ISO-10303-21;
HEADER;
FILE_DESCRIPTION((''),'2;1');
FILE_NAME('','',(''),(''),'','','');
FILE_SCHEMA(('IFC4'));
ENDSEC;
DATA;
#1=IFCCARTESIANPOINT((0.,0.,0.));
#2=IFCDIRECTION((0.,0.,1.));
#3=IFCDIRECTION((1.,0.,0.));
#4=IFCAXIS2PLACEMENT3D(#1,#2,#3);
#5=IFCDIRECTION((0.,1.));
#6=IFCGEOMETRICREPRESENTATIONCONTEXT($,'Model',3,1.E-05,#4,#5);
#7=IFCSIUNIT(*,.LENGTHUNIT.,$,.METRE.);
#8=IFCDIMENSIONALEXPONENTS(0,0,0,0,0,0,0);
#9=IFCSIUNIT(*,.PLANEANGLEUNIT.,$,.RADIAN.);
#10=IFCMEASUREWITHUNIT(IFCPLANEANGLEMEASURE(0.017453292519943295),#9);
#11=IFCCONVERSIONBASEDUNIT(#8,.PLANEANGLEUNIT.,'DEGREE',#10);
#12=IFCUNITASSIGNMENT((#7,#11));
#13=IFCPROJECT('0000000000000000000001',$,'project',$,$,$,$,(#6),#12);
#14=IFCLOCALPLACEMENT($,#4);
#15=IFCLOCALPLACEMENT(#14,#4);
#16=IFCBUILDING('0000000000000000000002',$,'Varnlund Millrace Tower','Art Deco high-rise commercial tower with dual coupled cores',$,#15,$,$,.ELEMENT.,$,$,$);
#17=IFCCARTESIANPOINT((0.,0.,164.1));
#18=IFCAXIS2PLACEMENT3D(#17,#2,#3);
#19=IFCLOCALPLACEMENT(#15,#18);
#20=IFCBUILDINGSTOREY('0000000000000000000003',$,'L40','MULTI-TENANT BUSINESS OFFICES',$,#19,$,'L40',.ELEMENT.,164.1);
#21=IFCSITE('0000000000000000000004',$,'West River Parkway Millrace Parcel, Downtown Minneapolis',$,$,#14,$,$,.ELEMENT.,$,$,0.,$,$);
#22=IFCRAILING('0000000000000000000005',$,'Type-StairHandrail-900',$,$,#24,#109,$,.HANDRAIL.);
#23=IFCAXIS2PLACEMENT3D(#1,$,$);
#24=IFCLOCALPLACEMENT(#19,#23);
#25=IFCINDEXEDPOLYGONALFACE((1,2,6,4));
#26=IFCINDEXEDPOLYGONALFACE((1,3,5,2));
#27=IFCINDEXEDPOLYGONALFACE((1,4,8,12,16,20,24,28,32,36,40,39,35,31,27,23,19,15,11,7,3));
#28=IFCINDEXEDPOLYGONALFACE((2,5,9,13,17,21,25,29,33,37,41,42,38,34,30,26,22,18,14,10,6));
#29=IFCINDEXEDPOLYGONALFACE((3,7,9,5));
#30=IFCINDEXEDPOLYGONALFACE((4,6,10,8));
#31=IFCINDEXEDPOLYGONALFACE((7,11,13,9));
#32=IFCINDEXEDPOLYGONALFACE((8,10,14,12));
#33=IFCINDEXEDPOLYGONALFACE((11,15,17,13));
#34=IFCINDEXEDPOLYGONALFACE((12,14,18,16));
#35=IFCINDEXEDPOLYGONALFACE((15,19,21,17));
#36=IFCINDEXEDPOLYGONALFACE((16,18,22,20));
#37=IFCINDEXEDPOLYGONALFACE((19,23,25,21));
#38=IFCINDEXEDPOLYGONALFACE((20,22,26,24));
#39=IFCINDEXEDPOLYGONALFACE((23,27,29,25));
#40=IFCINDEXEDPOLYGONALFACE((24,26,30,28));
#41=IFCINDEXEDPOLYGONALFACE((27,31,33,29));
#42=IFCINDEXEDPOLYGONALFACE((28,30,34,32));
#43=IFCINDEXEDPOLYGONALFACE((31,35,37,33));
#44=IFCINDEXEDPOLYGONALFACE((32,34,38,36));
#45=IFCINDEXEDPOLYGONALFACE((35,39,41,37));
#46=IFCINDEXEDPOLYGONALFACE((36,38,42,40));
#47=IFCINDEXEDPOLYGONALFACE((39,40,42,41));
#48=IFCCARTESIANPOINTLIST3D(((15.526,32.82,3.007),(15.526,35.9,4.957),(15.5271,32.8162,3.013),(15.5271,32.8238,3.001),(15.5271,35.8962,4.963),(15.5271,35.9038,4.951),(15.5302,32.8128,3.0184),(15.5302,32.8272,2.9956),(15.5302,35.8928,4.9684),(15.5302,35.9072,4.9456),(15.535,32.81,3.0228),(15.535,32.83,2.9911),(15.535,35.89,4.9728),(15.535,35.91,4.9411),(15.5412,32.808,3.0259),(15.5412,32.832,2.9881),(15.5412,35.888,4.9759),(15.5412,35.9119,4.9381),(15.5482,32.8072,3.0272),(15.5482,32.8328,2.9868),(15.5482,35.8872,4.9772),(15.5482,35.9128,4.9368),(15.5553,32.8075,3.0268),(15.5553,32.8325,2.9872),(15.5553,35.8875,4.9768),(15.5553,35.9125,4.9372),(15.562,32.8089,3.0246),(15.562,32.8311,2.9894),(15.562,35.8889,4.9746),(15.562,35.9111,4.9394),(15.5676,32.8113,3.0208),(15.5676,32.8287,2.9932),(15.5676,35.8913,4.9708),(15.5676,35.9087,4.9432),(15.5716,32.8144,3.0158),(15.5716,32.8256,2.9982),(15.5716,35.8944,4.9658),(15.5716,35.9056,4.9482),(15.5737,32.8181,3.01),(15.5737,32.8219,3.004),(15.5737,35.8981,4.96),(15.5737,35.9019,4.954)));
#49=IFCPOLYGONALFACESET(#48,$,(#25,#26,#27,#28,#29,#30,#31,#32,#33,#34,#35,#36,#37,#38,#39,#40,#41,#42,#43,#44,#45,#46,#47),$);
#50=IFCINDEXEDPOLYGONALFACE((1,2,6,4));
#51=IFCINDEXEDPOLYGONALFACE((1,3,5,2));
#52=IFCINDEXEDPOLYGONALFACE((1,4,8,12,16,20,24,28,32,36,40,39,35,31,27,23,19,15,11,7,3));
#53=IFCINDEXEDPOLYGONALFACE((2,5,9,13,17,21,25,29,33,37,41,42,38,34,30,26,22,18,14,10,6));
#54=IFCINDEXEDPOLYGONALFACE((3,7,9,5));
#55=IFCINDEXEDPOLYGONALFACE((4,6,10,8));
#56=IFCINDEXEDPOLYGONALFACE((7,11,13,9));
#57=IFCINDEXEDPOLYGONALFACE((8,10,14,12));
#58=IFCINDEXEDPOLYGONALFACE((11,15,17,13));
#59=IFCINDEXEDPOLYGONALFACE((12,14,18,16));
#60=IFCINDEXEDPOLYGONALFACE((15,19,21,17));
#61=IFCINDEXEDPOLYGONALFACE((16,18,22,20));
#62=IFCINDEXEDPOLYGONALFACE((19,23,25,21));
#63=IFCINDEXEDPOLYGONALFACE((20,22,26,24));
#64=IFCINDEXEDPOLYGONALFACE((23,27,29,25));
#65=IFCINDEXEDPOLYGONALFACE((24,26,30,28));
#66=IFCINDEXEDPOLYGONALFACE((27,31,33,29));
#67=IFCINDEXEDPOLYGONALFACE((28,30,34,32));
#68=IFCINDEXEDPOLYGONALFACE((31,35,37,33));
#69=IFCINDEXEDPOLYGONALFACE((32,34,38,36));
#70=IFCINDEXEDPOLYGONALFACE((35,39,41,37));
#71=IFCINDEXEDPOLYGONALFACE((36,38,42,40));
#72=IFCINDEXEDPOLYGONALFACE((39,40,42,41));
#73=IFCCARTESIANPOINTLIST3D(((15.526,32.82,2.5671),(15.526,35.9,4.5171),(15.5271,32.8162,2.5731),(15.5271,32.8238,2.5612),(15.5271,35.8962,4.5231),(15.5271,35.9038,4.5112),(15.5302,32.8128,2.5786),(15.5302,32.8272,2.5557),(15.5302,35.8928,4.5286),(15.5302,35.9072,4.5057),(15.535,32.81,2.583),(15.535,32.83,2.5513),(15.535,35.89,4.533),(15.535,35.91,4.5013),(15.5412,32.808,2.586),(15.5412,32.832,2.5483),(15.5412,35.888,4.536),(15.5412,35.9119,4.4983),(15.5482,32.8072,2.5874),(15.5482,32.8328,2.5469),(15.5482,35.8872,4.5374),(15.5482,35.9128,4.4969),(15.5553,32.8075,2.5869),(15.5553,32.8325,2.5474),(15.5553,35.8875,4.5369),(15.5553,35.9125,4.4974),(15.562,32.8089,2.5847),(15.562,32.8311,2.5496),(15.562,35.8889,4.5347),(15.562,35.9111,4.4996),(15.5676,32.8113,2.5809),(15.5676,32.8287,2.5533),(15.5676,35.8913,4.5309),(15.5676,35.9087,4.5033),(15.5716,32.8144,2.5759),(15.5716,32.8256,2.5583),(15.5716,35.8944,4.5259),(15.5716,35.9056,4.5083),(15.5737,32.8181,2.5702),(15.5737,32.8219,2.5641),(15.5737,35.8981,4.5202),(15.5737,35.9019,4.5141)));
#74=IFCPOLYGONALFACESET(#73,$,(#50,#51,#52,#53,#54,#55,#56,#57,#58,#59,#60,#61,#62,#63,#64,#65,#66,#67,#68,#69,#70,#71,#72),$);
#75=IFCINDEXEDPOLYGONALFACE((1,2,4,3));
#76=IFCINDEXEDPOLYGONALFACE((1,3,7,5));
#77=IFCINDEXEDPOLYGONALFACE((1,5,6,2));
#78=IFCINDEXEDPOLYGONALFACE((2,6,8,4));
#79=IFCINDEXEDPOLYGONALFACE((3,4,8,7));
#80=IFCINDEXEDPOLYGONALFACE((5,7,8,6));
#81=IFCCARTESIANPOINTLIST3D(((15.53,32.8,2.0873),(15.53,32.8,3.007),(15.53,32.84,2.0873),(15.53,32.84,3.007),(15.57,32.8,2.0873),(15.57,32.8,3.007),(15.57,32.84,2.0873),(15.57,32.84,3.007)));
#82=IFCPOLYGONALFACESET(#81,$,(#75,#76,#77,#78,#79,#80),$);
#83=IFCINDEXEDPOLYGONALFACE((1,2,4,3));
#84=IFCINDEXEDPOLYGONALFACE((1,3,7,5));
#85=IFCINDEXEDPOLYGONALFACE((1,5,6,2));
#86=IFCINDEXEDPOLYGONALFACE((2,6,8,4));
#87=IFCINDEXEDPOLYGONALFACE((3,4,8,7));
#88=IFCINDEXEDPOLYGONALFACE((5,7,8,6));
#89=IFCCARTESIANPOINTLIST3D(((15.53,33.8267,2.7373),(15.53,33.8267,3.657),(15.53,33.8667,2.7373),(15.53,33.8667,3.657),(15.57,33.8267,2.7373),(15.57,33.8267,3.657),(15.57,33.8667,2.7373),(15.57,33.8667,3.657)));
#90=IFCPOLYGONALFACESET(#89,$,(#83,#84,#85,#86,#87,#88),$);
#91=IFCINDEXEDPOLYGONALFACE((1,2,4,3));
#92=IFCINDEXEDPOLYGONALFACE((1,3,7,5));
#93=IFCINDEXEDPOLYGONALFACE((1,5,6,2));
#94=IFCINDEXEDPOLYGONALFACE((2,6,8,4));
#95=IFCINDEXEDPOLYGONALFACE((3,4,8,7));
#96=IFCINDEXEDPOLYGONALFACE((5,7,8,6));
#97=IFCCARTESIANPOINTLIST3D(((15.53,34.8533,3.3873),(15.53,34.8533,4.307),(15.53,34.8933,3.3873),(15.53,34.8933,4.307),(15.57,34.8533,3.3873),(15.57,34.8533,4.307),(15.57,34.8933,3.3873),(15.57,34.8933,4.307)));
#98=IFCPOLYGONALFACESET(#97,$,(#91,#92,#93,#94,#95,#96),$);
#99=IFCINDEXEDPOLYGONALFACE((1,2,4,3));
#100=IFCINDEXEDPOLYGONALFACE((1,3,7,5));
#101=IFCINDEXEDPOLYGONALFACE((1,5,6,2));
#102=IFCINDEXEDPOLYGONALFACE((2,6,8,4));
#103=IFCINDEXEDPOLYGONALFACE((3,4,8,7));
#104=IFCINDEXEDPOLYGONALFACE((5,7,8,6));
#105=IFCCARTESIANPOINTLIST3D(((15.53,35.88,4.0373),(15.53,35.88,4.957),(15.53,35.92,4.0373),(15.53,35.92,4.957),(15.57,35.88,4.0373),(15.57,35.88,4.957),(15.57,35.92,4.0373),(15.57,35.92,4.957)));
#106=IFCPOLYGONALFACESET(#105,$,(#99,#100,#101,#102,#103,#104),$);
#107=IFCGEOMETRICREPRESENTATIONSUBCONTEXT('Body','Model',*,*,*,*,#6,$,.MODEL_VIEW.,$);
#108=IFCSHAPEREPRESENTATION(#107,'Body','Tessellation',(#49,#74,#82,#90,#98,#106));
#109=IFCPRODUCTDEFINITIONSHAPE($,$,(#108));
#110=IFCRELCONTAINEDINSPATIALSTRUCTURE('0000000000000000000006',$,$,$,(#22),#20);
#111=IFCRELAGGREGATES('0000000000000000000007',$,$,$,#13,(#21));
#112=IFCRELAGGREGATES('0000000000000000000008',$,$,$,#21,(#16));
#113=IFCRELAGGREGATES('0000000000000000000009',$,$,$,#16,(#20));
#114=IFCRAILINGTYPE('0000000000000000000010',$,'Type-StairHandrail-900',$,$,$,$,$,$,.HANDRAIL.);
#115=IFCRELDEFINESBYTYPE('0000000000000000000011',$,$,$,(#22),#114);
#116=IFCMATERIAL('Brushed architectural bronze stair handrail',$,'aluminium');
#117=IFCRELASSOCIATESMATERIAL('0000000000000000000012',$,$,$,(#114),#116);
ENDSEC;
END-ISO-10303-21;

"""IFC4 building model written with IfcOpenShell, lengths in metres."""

from ifc_helpers import new_model, entity, si_unit, converted_unit, direction, frame, origin_with_axes, origin_2d_with_axis, place, context, subcontext, project, spatial, rectangle, circle, extrude, material, type_object, element, save


model = new_model("IFC4")

# Units and contexts
model_context = context("Model", 3, precision=1e-05, world=origin_with_axes(), true_north=direction((0.0, 1.0)))
body_context = subcontext(model_context, "Body", "Model", "MODEL_VIEW")
ifc_project = project(units=[si_unit("LENGTHUNIT", "METRE"), converted_unit("PLANEANGLEUNIT", "DEGREE", entity("IfcPlaneAngleMeasure", 0.017453292519943295), si_unit("PLANEANGLEUNIT", "RADIAN"), dimensions=[0, 0, 0, 0, 0, 0, 0])], contexts=[model_context])

# Site, building, storey
site_placement = place(None, origin_with_axes())
site = spatial("IfcSite", under=ifc_project, at=site_placement, Name="West River Parkway Millrace Parcel, Downtown Minneapolis", CompositionType="ELEMENT", RefElevation=0.0)
building_placement = place(site_placement, origin_with_axes())
building = spatial("IfcBuilding", under=site, at=building_placement, Name="Varnlund Millrace Tower", Description="Art Deco high-rise commercial tower with dual coupled cores", CompositionType="ELEMENT")
storey_placement = place(building_placement, frame((0.0, 0.0, 164.1), z_axis=(0.0, 0.0, 1.0), x_axis=(1.0, 0.0, 0.0)))
storey = spatial("IfcBuildingStorey", under=building, at=storey_placement, Name="L40", Description="MULTI-TENANT BUSINESS OFFICES", LongName="L40", CompositionType="ELEMENT", Elevation=164.1)

# Railing
ifc_material_1 = material(Name="Brushed architectural bronze stair handrail", Category="aluminium")
railing_type_1 = type_object("IfcRailingType", Name="Type-StairHandrail-900", PredefinedType="HANDRAIL", material=ifc_material_1)
railing_1_placement = place(storey_placement, frame((0.0, 0.0, -164.1), z_axis=(0.0, 0.0, 1.0), x_axis=(1.0, 0.0, 0.0)))
element("IfcRailing", 1, at=railing_1_placement, inside=storey, type_object=railing_type_1, Name="Type-StairHandrail-900", PredefinedType="HANDRAIL", context=body_context, shape_type="SweptSolid", body=[
    extrude(circle(Radius=0.024, at=origin_2d_with_axis()), frame((15.55, 32.82, 167.107), z_axis=(0.0, 0.844902, 0.534922), x_axis=(-1.0, 0.0, 0.0)), (0.0, 0.0, 1.0), 3.6454),
    extrude(circle(Radius=0.024, at=origin_2d_with_axis()), frame((15.55, 32.82, 166.6671), z_axis=(0.0, 0.844902, 0.534922), x_axis=(-1.0, 0.0, 0.0)), (0.0, 0.0, 1.0), 3.6454),
    extrude(rectangle(XDim=0.04, YDim=0.04, at=origin_2d_with_axis()), frame((15.55, 32.82, 166.1873), z_axis=(0.0, 0.0, 1.0), x_axis=(1.0, 0.0, 0.0)), (0.0, 0.0, 1.0), 0.9197),
    extrude(rectangle(XDim=0.04, YDim=0.04, at=origin_2d_with_axis()), frame((15.55, 33.8467, 166.8373), z_axis=(0.0, 0.0, 1.0), x_axis=(1.0, 0.0, 0.0)), (0.0, 0.0, 1.0), 0.9197),
    extrude(rectangle(XDim=0.04, YDim=0.04, at=origin_2d_with_axis()), frame((15.55, 34.8733, 167.4873), z_axis=(0.0, 0.0, 1.0), x_axis=(1.0, 0.0, 0.0)), (0.0, 0.0, 1.0), 0.9197),
    extrude(rectangle(XDim=0.04, YDim=0.04, at=origin_2d_with_axis()), frame((15.55, 35.9, 168.1373), z_axis=(0.0, 0.0, 1.0), x_axis=(1.0, 0.0, 0.0)), (0.0, 0.0, 1.0), 0.9197),
])

save(model, "model.ifc")
